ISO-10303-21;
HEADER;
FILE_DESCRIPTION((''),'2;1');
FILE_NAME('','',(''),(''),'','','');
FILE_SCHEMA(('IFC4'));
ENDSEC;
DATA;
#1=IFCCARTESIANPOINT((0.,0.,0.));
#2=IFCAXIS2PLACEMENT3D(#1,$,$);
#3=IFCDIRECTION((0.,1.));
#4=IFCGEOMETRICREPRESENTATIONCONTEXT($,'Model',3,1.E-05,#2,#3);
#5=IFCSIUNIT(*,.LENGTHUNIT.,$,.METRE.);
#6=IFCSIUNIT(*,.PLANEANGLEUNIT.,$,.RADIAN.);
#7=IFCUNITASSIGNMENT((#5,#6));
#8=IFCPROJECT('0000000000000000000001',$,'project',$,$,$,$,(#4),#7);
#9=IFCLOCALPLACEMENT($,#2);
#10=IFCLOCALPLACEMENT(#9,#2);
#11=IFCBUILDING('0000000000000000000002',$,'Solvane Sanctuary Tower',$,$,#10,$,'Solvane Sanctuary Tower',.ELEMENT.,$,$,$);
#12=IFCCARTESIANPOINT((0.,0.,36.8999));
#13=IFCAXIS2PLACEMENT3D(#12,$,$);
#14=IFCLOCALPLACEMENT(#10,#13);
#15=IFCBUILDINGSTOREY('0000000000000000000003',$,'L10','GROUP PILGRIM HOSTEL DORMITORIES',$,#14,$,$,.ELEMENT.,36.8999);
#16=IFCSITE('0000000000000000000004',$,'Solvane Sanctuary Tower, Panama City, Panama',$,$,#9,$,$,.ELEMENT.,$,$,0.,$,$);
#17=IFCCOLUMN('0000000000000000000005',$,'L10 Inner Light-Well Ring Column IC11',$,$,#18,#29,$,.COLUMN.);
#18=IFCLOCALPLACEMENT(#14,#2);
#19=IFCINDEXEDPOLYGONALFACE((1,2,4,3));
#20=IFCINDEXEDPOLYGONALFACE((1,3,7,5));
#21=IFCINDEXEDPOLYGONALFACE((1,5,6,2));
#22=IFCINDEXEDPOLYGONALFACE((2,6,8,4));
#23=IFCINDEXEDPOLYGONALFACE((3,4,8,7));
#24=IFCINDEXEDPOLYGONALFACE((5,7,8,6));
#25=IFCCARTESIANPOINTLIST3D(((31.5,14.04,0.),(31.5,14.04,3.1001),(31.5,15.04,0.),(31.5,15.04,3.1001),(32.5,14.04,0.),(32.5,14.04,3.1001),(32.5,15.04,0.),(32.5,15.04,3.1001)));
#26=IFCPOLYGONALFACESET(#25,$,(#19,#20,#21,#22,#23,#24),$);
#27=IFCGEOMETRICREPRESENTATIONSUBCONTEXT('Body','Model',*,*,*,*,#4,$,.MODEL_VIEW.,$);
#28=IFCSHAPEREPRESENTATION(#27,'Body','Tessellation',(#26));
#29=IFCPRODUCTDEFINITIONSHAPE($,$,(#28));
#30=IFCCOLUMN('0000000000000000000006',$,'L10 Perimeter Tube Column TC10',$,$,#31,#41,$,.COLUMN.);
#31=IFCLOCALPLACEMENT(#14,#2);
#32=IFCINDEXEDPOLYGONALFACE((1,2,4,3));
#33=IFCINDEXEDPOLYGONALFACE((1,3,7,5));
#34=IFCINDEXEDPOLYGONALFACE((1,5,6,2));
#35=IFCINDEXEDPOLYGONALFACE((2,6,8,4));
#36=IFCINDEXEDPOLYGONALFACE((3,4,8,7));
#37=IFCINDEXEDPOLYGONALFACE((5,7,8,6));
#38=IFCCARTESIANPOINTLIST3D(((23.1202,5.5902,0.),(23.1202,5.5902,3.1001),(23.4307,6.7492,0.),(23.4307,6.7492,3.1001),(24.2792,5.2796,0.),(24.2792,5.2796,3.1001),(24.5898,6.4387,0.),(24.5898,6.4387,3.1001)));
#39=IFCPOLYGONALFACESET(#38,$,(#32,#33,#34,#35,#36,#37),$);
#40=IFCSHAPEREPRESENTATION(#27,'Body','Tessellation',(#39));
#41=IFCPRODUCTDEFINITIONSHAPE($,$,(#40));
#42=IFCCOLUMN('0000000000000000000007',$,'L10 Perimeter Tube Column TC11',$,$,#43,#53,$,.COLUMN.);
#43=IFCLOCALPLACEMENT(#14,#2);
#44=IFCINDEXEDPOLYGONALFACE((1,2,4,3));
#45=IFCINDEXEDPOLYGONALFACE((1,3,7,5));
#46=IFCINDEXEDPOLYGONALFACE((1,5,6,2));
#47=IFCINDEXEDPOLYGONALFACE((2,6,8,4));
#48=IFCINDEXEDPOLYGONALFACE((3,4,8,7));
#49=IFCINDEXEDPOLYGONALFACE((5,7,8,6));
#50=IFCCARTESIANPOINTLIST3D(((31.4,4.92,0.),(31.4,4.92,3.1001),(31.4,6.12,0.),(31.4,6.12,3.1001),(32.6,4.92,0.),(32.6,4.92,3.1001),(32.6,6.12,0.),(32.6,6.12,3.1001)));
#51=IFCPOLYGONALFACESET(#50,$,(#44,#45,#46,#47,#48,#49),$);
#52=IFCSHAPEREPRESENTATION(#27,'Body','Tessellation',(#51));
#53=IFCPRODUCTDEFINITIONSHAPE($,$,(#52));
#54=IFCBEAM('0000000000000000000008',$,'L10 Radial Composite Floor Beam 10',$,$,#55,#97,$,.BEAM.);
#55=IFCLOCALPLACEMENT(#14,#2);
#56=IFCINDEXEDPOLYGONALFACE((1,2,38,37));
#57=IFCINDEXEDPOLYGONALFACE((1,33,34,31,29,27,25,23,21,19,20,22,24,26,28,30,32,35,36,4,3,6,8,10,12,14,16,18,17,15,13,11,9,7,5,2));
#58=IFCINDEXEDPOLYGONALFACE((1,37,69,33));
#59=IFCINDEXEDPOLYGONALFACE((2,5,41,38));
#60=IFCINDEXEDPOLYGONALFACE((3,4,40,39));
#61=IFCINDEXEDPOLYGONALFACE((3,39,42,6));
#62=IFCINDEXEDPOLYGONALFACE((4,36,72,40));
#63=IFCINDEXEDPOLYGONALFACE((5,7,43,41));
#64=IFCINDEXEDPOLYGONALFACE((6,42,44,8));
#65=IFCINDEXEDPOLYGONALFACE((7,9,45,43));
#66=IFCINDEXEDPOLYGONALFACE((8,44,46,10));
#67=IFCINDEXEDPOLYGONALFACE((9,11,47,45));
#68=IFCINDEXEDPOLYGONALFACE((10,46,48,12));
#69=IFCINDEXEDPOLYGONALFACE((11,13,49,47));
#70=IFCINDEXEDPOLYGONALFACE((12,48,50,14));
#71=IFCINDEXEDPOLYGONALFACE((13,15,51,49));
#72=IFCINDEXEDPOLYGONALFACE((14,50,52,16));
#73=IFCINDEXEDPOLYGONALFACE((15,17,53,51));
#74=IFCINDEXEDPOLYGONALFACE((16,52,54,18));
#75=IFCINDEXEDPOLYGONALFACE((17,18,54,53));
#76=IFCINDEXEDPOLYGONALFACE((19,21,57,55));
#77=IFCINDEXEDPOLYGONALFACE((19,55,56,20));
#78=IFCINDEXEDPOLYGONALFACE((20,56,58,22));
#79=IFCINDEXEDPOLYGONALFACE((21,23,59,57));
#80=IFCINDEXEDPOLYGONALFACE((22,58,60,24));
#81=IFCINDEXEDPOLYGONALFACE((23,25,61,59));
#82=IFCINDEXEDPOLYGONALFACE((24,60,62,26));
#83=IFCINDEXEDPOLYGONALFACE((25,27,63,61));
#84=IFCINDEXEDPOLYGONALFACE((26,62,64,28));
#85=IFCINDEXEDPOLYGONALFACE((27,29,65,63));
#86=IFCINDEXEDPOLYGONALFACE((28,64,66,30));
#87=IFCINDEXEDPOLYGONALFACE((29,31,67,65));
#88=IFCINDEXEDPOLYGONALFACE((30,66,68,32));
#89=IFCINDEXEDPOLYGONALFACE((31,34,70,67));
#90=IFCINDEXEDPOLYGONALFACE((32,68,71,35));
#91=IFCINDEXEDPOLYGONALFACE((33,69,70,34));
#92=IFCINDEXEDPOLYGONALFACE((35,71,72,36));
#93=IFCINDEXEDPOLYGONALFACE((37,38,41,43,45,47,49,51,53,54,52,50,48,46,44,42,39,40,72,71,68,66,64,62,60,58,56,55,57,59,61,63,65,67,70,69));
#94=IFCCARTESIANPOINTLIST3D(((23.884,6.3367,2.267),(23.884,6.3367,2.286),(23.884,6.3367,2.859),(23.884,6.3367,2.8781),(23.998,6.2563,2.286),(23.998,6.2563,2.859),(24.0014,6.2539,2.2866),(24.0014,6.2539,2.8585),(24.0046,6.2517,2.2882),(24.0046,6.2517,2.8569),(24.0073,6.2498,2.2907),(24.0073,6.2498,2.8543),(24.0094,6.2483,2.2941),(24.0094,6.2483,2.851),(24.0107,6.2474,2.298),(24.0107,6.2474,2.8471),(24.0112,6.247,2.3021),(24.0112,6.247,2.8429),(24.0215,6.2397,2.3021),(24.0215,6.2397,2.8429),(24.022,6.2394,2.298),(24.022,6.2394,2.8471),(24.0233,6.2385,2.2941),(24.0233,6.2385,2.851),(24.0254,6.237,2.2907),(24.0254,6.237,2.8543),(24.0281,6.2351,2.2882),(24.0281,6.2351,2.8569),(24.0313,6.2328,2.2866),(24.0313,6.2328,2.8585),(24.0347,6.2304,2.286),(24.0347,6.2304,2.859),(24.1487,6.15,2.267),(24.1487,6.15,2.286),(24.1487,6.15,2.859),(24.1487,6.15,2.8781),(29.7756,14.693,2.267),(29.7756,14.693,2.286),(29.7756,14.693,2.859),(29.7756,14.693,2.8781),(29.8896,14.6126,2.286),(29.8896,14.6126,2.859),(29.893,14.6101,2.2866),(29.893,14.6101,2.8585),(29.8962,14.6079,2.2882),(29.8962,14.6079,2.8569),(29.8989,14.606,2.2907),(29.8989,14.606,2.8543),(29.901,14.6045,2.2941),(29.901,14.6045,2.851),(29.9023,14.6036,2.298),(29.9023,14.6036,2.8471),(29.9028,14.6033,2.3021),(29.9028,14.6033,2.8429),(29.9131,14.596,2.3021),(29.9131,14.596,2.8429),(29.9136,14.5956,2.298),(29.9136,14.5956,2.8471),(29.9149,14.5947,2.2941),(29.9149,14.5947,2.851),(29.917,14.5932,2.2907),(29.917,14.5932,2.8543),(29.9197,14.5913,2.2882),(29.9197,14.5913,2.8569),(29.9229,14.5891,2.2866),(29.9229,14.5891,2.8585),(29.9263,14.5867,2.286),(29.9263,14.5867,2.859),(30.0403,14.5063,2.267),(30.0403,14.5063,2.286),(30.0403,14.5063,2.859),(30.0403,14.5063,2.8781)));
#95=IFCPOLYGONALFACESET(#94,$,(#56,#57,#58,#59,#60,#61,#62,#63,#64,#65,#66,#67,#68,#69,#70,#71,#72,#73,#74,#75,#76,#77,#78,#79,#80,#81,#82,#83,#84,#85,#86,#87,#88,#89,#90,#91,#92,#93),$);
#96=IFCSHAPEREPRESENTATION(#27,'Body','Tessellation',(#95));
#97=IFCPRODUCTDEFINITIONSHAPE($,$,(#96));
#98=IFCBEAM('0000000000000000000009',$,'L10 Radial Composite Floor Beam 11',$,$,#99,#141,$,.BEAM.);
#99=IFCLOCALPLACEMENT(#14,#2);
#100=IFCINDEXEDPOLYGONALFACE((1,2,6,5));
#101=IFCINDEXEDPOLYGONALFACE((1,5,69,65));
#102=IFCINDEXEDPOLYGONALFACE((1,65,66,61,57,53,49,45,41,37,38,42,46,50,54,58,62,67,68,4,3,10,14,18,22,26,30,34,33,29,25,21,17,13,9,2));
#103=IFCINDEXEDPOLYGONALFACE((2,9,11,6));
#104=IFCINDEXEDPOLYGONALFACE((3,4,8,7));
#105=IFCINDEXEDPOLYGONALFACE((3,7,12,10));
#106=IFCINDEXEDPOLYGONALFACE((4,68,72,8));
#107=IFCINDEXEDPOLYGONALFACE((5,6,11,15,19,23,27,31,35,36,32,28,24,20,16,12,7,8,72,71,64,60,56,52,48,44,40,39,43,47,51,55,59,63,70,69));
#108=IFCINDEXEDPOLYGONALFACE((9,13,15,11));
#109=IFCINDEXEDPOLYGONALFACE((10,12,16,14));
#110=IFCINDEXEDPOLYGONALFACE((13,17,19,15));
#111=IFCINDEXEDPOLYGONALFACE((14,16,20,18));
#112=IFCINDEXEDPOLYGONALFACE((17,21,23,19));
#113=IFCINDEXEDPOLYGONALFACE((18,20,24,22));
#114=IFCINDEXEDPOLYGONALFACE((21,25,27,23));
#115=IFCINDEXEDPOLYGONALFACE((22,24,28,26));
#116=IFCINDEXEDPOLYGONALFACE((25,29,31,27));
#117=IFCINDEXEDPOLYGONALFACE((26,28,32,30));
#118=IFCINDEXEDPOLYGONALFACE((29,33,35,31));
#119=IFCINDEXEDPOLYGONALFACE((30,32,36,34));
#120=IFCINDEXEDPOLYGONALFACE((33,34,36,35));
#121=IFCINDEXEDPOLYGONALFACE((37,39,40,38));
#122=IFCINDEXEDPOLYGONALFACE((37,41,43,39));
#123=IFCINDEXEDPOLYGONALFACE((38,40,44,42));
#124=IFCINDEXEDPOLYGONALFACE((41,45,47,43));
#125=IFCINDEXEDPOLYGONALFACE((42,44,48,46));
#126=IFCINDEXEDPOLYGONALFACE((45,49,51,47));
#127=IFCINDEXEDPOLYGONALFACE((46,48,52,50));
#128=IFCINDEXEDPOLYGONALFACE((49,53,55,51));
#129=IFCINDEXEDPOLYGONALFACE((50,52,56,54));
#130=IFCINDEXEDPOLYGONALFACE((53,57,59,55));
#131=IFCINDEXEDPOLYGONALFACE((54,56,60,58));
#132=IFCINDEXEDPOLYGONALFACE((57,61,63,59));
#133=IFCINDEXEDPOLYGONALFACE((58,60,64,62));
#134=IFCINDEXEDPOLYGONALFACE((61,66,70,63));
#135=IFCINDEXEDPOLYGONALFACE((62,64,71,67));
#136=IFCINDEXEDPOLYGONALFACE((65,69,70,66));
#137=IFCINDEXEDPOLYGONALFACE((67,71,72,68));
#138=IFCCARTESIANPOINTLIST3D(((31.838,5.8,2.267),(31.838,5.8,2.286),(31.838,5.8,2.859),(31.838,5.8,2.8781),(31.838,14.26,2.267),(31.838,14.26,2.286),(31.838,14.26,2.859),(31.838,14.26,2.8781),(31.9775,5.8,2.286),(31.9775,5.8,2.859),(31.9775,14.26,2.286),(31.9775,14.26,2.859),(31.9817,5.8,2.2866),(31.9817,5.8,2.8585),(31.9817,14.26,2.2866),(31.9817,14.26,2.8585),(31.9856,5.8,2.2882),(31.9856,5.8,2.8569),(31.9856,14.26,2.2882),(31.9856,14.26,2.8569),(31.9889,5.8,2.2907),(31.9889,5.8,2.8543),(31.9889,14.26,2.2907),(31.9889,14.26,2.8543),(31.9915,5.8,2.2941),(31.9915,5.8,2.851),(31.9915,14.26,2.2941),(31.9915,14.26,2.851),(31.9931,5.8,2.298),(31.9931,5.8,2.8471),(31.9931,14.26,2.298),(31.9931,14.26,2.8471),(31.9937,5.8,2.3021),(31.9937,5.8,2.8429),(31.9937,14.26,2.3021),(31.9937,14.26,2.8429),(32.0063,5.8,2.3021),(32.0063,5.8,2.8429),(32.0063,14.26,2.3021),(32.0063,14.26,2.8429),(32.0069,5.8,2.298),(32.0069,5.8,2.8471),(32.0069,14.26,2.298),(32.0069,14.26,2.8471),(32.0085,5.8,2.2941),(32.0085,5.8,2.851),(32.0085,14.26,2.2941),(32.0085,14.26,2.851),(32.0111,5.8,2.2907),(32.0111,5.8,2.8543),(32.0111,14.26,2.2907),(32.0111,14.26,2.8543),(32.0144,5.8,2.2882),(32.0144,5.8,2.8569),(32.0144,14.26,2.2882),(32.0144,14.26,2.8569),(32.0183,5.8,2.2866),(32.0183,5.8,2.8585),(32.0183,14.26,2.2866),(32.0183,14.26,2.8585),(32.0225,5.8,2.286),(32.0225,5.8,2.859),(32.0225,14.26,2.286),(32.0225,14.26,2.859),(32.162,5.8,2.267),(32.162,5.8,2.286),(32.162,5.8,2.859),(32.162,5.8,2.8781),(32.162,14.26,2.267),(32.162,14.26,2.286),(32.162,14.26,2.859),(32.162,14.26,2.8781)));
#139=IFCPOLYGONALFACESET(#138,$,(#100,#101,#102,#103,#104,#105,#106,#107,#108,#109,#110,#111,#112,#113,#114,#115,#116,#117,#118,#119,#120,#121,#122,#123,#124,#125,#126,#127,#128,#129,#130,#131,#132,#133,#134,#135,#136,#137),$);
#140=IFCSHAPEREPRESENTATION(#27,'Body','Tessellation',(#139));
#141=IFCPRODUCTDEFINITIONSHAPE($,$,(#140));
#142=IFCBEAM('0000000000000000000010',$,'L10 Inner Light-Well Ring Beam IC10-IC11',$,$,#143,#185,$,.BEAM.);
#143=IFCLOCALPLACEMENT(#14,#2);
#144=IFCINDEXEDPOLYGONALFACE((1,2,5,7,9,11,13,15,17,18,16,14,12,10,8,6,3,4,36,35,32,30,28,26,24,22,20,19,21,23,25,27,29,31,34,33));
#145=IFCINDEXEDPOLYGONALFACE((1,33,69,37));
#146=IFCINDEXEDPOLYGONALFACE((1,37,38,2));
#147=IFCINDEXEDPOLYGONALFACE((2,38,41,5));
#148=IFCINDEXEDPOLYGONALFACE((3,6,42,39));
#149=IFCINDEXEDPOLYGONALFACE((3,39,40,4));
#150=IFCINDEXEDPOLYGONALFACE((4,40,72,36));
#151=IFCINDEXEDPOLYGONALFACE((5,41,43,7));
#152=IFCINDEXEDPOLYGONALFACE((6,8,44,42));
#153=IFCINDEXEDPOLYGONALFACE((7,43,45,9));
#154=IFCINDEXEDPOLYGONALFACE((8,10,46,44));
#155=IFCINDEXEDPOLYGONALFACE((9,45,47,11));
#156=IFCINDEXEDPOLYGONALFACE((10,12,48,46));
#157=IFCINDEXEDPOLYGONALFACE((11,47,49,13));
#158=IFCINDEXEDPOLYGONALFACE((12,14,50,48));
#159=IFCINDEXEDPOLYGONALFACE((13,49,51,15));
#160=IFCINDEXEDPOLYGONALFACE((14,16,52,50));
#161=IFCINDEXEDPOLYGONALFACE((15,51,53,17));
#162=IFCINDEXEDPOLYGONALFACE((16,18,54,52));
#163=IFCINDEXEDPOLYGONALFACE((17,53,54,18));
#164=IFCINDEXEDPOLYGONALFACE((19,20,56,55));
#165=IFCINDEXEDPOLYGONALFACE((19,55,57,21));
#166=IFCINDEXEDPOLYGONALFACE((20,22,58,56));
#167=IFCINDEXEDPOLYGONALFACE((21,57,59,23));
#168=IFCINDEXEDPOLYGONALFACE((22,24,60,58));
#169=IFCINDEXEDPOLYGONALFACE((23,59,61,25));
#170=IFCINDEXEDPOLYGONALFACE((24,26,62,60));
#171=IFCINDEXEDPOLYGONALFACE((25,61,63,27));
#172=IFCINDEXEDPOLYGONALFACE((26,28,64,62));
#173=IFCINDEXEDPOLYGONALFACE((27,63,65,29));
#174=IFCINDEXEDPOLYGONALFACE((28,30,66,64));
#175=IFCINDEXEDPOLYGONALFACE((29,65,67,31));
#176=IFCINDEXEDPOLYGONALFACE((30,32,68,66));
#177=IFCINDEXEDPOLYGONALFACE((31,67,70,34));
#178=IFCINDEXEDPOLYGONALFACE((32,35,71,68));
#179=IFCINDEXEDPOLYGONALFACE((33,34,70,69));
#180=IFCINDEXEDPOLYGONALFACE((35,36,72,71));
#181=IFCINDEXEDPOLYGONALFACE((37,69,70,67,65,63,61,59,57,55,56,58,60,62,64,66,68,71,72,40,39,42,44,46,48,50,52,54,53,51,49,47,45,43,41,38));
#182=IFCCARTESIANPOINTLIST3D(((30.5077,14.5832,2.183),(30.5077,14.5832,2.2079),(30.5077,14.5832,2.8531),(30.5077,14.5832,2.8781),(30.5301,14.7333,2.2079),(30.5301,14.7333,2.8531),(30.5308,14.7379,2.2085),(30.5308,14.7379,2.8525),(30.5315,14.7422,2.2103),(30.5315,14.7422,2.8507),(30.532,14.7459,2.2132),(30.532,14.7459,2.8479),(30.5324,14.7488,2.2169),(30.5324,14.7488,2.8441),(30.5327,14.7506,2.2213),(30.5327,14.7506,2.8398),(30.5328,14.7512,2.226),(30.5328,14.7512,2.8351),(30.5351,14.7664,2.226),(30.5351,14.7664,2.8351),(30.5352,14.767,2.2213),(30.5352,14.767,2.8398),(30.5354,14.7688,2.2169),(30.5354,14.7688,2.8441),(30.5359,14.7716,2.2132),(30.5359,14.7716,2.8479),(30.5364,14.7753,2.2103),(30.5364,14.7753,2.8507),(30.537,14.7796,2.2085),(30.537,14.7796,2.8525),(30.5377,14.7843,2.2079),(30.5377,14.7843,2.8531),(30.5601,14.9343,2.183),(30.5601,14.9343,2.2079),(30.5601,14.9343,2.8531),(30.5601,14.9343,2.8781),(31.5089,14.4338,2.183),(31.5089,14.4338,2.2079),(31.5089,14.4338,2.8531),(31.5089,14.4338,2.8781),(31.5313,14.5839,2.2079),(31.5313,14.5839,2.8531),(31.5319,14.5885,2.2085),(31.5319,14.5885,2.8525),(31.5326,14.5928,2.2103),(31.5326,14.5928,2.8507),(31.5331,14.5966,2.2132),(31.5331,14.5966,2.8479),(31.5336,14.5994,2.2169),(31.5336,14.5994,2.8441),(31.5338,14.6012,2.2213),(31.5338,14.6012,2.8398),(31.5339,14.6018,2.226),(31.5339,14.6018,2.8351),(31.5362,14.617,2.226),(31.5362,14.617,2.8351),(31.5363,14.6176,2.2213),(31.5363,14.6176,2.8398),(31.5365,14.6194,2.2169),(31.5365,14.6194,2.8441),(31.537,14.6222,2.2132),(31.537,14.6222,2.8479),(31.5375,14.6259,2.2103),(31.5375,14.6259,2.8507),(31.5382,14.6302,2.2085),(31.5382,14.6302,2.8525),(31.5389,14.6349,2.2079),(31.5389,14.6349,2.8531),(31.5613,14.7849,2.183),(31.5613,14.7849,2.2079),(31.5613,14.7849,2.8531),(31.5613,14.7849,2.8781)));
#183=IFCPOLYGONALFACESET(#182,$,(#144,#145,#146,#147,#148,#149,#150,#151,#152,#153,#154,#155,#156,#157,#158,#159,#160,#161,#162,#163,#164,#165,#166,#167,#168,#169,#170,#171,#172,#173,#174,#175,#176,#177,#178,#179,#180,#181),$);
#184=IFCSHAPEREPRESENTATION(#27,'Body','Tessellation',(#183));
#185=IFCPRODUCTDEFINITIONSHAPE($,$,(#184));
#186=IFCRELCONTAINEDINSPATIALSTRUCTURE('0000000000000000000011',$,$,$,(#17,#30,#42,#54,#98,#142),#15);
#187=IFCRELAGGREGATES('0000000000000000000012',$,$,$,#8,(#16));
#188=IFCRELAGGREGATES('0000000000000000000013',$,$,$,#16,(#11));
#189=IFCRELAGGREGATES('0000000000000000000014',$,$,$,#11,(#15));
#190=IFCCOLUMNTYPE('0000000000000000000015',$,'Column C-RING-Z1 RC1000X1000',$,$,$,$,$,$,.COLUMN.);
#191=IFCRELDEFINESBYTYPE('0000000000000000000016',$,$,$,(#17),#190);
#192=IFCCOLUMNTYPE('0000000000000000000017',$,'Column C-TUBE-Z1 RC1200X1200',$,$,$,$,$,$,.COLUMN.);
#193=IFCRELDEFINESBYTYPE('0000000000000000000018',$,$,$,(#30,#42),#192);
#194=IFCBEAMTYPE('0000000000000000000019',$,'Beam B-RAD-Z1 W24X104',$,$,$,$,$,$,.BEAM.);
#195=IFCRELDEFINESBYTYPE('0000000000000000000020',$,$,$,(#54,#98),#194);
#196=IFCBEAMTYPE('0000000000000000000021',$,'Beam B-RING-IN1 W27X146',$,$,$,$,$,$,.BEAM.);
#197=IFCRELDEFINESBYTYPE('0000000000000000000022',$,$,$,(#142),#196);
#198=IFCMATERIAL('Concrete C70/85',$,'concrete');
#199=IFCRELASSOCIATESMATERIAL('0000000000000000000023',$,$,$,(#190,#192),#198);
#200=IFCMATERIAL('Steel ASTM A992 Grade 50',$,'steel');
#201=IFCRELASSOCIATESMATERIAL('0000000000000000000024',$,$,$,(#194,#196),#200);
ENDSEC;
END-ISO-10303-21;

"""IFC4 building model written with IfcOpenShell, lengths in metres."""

from ifc_helpers import new_model, si_unit, direction, frame, origin, origin_2d, place, context, subcontext, project, spatial, rectangle, i_section, extrude, material, material_profile, profile_set, type_object, element, save


model = new_model("IFC4")

# Units and contexts
model_context = context("Model", 3, precision=1e-05, world=origin(), true_north=direction((0.0, 1.0)))
body_context = subcontext(model_context, "Body", "Model", "MODEL_VIEW")
ifc_project = project(units=[si_unit("LENGTHUNIT", "METRE"), si_unit("PLANEANGLEUNIT", "RADIAN")], contexts=[model_context])

# Site, building, storey
site_placement = place(None, origin())
site = spatial("IfcSite", under=ifc_project, at=site_placement, Name="Solvane Sanctuary Tower, Panama City, Panama", CompositionType="ELEMENT", RefElevation=0.0)
building_placement = place(site_placement, origin())
building = spatial("IfcBuilding", under=site, at=building_placement, Name="Solvane Sanctuary Tower", LongName="Solvane Sanctuary Tower", CompositionType="ELEMENT")
storey_placement = place(building_placement, frame((0.0, 0.0, 36.8999)))
storey = spatial("IfcBuildingStorey", under=building, at=storey_placement, Name="L10", Description="GROUP PILGRIM HOSTEL DORMITORIES", CompositionType="ELEMENT", Elevation=36.8999)

# Columns
ifc_material_1 = material(Name="Concrete C70/85", Category="concrete")
ifc_material_profile_1 = material_profile(ifc_material_1, rectangle(XDim=1.0, YDim=1.0, at=origin_2d()), Name="RC1000X1000")
ifc_profile_set_1 = profile_set([ifc_material_profile_1], Name="Concrete C70/85")
column_type_1 = type_object("IfcColumnType", Name="Column C-RING-Z1 RC1000X1000", PredefinedType="COLUMN", material=ifc_profile_set_1)
column_placement = place(storey_placement, frame((32.0, 14.54, 0.0), z_axis=(0.0, 0.0, 1.0), x_axis=(1.0, 0.0, 0.0)))
element("IfcColumn", 1, at=column_placement, inside=storey, type_object=column_type_1, Name="L10 Inner Light-Well Ring Column IC11", PredefinedType="COLUMN", context=body_context, shape_type="SweptSolid", body=[
    extrude(rectangle(XDim=1.0, YDim=1.0, at=origin_2d()), origin(), (0.0, 0.0, 1.0), 3.1001),
])
ifc_material_profile_2 = material_profile(ifc_material_1, rectangle(XDim=1.2, YDim=1.2, at=origin_2d()), Name="RC1200X1200")
ifc_profile_set_2 = profile_set([ifc_material_profile_2], Name="Concrete C70/85")
column_type_2 = type_object("IfcColumnType", Name="Column C-TUBE-Z1 RC1200X1200", PredefinedType="COLUMN", material=ifc_profile_set_2)
for number, where, z_axis, x_axis, name in (
    (2, (23.855, 6.0144, 0.0), (0.0, 0.0, 1.0), (-0.258819, -0.965926, 0.0), "L10 Perimeter Tube Column TC10"),
    (3, (32.0, 5.52, 0.0), (0.0, 0.0, 1.0), (0.0, -1.0, 0.0), "L10 Perimeter Tube Column TC11"),
):
    element("IfcColumn", number, at=place(storey_placement, frame(where, z_axis=z_axis, x_axis=x_axis)), inside=storey, type_object=column_type_2, Name=name, PredefinedType="COLUMN", context=body_context, shape_type="SweptSolid", body=[
        extrude(rectangle(XDim=1.2, YDim=1.2, at=origin_2d()), origin(), (0.0, 0.0, 1.0), 3.1001),
    ])

# Beams
ifc_material_2 = material(Name="Steel ASTM A992 Grade 50", Category="steel")
ifc_material_profile_3 = material_profile(ifc_material_2, i_section(OverallWidth=0.324, OverallDepth=0.6111, WebThickness=0.0127, FlangeThickness=0.019, FilletRadius=0.0161, at=origin_2d()), Name="W24X104")
ifc_profile_set_3 = profile_set([ifc_material_profile_3], Name="Steel ASTM A992 Grade 50")
beam_type_1 = type_object("IfcBeamType", Name="Beam B-RAD-Z1 W24X104", PredefinedType="BEAM", material=ifc_profile_set_3)
beam_1_placement = place(storey_placement, frame((29.908, 14.5996, 2.5725), z_axis=(-0.576233, -0.817285, 0.0), x_axis=(0.817285, -0.576233, 0.0)))
element("IfcBeam", 4, at=beam_1_placement, inside=storey, type_object=beam_type_1, Name="L10 Radial Composite Floor Beam 10", PredefinedType="BEAM", context=body_context, shape_type="SweptSolid", body=[
    extrude(i_section(OverallWidth=0.324, OverallDepth=0.6111, WebThickness=0.0127, FlangeThickness=0.019, FilletRadius=0.0161, at=origin_2d()), origin(), (0.0, 0.0, 1.0), 10.2244),
])
beam_2_placement = place(storey_placement, frame((32.0, 14.26, 2.5725), z_axis=(0.0, -1.0, 0.0), x_axis=(1.0, 0.0, 0.0)))
element("IfcBeam", 5, at=beam_2_placement, inside=storey, type_object=beam_type_1, Name="L10 Radial Composite Floor Beam 11", PredefinedType="BEAM", context=body_context, shape_type="SweptSolid", body=[
    extrude(i_section(OverallWidth=0.324, OverallDepth=0.6111, WebThickness=0.0127, FlangeThickness=0.019, FilletRadius=0.0161, at=origin_2d()), origin(), (0.0, 0.0, 1.0), 8.46),
])
ifc_material_profile_4 = material_profile(ifc_material_2, i_section(OverallWidth=0.355, OverallDepth=0.6951, WebThickness=0.0154, FlangeThickness=0.0249, FilletRadius=0.0181, at=origin_2d()), Name="W27X146")
ifc_profile_set_4 = profile_set([ifc_material_profile_4], Name="Steel ASTM A992 Grade 50")
beam_type_2 = type_object("IfcBeamType", Name="Beam B-RING-IN1 W27X146", PredefinedType="BEAM", material=ifc_profile_set_4)
beam_3_placement = place(storey_placement, frame((30.5339, 14.7588, 2.5305), z_axis=(0.989048, -0.147597, 0.0), x_axis=(0.147597, 0.989048, 0.0)))
element("IfcBeam", 6, at=beam_3_placement, inside=storey, type_object=beam_type_2, Name="L10 Inner Light-Well Ring Beam IC10-IC11", PredefinedType="BEAM", context=body_context, shape_type="SweptSolid", body=[
    extrude(i_section(OverallWidth=0.355, OverallDepth=0.6951, WebThickness=0.0154, FlangeThickness=0.0249, FilletRadius=0.0181, at=origin_2d()), origin(), (0.0, 0.0, 1.0), 1.0122),
])

save(model, "model.ifc")
